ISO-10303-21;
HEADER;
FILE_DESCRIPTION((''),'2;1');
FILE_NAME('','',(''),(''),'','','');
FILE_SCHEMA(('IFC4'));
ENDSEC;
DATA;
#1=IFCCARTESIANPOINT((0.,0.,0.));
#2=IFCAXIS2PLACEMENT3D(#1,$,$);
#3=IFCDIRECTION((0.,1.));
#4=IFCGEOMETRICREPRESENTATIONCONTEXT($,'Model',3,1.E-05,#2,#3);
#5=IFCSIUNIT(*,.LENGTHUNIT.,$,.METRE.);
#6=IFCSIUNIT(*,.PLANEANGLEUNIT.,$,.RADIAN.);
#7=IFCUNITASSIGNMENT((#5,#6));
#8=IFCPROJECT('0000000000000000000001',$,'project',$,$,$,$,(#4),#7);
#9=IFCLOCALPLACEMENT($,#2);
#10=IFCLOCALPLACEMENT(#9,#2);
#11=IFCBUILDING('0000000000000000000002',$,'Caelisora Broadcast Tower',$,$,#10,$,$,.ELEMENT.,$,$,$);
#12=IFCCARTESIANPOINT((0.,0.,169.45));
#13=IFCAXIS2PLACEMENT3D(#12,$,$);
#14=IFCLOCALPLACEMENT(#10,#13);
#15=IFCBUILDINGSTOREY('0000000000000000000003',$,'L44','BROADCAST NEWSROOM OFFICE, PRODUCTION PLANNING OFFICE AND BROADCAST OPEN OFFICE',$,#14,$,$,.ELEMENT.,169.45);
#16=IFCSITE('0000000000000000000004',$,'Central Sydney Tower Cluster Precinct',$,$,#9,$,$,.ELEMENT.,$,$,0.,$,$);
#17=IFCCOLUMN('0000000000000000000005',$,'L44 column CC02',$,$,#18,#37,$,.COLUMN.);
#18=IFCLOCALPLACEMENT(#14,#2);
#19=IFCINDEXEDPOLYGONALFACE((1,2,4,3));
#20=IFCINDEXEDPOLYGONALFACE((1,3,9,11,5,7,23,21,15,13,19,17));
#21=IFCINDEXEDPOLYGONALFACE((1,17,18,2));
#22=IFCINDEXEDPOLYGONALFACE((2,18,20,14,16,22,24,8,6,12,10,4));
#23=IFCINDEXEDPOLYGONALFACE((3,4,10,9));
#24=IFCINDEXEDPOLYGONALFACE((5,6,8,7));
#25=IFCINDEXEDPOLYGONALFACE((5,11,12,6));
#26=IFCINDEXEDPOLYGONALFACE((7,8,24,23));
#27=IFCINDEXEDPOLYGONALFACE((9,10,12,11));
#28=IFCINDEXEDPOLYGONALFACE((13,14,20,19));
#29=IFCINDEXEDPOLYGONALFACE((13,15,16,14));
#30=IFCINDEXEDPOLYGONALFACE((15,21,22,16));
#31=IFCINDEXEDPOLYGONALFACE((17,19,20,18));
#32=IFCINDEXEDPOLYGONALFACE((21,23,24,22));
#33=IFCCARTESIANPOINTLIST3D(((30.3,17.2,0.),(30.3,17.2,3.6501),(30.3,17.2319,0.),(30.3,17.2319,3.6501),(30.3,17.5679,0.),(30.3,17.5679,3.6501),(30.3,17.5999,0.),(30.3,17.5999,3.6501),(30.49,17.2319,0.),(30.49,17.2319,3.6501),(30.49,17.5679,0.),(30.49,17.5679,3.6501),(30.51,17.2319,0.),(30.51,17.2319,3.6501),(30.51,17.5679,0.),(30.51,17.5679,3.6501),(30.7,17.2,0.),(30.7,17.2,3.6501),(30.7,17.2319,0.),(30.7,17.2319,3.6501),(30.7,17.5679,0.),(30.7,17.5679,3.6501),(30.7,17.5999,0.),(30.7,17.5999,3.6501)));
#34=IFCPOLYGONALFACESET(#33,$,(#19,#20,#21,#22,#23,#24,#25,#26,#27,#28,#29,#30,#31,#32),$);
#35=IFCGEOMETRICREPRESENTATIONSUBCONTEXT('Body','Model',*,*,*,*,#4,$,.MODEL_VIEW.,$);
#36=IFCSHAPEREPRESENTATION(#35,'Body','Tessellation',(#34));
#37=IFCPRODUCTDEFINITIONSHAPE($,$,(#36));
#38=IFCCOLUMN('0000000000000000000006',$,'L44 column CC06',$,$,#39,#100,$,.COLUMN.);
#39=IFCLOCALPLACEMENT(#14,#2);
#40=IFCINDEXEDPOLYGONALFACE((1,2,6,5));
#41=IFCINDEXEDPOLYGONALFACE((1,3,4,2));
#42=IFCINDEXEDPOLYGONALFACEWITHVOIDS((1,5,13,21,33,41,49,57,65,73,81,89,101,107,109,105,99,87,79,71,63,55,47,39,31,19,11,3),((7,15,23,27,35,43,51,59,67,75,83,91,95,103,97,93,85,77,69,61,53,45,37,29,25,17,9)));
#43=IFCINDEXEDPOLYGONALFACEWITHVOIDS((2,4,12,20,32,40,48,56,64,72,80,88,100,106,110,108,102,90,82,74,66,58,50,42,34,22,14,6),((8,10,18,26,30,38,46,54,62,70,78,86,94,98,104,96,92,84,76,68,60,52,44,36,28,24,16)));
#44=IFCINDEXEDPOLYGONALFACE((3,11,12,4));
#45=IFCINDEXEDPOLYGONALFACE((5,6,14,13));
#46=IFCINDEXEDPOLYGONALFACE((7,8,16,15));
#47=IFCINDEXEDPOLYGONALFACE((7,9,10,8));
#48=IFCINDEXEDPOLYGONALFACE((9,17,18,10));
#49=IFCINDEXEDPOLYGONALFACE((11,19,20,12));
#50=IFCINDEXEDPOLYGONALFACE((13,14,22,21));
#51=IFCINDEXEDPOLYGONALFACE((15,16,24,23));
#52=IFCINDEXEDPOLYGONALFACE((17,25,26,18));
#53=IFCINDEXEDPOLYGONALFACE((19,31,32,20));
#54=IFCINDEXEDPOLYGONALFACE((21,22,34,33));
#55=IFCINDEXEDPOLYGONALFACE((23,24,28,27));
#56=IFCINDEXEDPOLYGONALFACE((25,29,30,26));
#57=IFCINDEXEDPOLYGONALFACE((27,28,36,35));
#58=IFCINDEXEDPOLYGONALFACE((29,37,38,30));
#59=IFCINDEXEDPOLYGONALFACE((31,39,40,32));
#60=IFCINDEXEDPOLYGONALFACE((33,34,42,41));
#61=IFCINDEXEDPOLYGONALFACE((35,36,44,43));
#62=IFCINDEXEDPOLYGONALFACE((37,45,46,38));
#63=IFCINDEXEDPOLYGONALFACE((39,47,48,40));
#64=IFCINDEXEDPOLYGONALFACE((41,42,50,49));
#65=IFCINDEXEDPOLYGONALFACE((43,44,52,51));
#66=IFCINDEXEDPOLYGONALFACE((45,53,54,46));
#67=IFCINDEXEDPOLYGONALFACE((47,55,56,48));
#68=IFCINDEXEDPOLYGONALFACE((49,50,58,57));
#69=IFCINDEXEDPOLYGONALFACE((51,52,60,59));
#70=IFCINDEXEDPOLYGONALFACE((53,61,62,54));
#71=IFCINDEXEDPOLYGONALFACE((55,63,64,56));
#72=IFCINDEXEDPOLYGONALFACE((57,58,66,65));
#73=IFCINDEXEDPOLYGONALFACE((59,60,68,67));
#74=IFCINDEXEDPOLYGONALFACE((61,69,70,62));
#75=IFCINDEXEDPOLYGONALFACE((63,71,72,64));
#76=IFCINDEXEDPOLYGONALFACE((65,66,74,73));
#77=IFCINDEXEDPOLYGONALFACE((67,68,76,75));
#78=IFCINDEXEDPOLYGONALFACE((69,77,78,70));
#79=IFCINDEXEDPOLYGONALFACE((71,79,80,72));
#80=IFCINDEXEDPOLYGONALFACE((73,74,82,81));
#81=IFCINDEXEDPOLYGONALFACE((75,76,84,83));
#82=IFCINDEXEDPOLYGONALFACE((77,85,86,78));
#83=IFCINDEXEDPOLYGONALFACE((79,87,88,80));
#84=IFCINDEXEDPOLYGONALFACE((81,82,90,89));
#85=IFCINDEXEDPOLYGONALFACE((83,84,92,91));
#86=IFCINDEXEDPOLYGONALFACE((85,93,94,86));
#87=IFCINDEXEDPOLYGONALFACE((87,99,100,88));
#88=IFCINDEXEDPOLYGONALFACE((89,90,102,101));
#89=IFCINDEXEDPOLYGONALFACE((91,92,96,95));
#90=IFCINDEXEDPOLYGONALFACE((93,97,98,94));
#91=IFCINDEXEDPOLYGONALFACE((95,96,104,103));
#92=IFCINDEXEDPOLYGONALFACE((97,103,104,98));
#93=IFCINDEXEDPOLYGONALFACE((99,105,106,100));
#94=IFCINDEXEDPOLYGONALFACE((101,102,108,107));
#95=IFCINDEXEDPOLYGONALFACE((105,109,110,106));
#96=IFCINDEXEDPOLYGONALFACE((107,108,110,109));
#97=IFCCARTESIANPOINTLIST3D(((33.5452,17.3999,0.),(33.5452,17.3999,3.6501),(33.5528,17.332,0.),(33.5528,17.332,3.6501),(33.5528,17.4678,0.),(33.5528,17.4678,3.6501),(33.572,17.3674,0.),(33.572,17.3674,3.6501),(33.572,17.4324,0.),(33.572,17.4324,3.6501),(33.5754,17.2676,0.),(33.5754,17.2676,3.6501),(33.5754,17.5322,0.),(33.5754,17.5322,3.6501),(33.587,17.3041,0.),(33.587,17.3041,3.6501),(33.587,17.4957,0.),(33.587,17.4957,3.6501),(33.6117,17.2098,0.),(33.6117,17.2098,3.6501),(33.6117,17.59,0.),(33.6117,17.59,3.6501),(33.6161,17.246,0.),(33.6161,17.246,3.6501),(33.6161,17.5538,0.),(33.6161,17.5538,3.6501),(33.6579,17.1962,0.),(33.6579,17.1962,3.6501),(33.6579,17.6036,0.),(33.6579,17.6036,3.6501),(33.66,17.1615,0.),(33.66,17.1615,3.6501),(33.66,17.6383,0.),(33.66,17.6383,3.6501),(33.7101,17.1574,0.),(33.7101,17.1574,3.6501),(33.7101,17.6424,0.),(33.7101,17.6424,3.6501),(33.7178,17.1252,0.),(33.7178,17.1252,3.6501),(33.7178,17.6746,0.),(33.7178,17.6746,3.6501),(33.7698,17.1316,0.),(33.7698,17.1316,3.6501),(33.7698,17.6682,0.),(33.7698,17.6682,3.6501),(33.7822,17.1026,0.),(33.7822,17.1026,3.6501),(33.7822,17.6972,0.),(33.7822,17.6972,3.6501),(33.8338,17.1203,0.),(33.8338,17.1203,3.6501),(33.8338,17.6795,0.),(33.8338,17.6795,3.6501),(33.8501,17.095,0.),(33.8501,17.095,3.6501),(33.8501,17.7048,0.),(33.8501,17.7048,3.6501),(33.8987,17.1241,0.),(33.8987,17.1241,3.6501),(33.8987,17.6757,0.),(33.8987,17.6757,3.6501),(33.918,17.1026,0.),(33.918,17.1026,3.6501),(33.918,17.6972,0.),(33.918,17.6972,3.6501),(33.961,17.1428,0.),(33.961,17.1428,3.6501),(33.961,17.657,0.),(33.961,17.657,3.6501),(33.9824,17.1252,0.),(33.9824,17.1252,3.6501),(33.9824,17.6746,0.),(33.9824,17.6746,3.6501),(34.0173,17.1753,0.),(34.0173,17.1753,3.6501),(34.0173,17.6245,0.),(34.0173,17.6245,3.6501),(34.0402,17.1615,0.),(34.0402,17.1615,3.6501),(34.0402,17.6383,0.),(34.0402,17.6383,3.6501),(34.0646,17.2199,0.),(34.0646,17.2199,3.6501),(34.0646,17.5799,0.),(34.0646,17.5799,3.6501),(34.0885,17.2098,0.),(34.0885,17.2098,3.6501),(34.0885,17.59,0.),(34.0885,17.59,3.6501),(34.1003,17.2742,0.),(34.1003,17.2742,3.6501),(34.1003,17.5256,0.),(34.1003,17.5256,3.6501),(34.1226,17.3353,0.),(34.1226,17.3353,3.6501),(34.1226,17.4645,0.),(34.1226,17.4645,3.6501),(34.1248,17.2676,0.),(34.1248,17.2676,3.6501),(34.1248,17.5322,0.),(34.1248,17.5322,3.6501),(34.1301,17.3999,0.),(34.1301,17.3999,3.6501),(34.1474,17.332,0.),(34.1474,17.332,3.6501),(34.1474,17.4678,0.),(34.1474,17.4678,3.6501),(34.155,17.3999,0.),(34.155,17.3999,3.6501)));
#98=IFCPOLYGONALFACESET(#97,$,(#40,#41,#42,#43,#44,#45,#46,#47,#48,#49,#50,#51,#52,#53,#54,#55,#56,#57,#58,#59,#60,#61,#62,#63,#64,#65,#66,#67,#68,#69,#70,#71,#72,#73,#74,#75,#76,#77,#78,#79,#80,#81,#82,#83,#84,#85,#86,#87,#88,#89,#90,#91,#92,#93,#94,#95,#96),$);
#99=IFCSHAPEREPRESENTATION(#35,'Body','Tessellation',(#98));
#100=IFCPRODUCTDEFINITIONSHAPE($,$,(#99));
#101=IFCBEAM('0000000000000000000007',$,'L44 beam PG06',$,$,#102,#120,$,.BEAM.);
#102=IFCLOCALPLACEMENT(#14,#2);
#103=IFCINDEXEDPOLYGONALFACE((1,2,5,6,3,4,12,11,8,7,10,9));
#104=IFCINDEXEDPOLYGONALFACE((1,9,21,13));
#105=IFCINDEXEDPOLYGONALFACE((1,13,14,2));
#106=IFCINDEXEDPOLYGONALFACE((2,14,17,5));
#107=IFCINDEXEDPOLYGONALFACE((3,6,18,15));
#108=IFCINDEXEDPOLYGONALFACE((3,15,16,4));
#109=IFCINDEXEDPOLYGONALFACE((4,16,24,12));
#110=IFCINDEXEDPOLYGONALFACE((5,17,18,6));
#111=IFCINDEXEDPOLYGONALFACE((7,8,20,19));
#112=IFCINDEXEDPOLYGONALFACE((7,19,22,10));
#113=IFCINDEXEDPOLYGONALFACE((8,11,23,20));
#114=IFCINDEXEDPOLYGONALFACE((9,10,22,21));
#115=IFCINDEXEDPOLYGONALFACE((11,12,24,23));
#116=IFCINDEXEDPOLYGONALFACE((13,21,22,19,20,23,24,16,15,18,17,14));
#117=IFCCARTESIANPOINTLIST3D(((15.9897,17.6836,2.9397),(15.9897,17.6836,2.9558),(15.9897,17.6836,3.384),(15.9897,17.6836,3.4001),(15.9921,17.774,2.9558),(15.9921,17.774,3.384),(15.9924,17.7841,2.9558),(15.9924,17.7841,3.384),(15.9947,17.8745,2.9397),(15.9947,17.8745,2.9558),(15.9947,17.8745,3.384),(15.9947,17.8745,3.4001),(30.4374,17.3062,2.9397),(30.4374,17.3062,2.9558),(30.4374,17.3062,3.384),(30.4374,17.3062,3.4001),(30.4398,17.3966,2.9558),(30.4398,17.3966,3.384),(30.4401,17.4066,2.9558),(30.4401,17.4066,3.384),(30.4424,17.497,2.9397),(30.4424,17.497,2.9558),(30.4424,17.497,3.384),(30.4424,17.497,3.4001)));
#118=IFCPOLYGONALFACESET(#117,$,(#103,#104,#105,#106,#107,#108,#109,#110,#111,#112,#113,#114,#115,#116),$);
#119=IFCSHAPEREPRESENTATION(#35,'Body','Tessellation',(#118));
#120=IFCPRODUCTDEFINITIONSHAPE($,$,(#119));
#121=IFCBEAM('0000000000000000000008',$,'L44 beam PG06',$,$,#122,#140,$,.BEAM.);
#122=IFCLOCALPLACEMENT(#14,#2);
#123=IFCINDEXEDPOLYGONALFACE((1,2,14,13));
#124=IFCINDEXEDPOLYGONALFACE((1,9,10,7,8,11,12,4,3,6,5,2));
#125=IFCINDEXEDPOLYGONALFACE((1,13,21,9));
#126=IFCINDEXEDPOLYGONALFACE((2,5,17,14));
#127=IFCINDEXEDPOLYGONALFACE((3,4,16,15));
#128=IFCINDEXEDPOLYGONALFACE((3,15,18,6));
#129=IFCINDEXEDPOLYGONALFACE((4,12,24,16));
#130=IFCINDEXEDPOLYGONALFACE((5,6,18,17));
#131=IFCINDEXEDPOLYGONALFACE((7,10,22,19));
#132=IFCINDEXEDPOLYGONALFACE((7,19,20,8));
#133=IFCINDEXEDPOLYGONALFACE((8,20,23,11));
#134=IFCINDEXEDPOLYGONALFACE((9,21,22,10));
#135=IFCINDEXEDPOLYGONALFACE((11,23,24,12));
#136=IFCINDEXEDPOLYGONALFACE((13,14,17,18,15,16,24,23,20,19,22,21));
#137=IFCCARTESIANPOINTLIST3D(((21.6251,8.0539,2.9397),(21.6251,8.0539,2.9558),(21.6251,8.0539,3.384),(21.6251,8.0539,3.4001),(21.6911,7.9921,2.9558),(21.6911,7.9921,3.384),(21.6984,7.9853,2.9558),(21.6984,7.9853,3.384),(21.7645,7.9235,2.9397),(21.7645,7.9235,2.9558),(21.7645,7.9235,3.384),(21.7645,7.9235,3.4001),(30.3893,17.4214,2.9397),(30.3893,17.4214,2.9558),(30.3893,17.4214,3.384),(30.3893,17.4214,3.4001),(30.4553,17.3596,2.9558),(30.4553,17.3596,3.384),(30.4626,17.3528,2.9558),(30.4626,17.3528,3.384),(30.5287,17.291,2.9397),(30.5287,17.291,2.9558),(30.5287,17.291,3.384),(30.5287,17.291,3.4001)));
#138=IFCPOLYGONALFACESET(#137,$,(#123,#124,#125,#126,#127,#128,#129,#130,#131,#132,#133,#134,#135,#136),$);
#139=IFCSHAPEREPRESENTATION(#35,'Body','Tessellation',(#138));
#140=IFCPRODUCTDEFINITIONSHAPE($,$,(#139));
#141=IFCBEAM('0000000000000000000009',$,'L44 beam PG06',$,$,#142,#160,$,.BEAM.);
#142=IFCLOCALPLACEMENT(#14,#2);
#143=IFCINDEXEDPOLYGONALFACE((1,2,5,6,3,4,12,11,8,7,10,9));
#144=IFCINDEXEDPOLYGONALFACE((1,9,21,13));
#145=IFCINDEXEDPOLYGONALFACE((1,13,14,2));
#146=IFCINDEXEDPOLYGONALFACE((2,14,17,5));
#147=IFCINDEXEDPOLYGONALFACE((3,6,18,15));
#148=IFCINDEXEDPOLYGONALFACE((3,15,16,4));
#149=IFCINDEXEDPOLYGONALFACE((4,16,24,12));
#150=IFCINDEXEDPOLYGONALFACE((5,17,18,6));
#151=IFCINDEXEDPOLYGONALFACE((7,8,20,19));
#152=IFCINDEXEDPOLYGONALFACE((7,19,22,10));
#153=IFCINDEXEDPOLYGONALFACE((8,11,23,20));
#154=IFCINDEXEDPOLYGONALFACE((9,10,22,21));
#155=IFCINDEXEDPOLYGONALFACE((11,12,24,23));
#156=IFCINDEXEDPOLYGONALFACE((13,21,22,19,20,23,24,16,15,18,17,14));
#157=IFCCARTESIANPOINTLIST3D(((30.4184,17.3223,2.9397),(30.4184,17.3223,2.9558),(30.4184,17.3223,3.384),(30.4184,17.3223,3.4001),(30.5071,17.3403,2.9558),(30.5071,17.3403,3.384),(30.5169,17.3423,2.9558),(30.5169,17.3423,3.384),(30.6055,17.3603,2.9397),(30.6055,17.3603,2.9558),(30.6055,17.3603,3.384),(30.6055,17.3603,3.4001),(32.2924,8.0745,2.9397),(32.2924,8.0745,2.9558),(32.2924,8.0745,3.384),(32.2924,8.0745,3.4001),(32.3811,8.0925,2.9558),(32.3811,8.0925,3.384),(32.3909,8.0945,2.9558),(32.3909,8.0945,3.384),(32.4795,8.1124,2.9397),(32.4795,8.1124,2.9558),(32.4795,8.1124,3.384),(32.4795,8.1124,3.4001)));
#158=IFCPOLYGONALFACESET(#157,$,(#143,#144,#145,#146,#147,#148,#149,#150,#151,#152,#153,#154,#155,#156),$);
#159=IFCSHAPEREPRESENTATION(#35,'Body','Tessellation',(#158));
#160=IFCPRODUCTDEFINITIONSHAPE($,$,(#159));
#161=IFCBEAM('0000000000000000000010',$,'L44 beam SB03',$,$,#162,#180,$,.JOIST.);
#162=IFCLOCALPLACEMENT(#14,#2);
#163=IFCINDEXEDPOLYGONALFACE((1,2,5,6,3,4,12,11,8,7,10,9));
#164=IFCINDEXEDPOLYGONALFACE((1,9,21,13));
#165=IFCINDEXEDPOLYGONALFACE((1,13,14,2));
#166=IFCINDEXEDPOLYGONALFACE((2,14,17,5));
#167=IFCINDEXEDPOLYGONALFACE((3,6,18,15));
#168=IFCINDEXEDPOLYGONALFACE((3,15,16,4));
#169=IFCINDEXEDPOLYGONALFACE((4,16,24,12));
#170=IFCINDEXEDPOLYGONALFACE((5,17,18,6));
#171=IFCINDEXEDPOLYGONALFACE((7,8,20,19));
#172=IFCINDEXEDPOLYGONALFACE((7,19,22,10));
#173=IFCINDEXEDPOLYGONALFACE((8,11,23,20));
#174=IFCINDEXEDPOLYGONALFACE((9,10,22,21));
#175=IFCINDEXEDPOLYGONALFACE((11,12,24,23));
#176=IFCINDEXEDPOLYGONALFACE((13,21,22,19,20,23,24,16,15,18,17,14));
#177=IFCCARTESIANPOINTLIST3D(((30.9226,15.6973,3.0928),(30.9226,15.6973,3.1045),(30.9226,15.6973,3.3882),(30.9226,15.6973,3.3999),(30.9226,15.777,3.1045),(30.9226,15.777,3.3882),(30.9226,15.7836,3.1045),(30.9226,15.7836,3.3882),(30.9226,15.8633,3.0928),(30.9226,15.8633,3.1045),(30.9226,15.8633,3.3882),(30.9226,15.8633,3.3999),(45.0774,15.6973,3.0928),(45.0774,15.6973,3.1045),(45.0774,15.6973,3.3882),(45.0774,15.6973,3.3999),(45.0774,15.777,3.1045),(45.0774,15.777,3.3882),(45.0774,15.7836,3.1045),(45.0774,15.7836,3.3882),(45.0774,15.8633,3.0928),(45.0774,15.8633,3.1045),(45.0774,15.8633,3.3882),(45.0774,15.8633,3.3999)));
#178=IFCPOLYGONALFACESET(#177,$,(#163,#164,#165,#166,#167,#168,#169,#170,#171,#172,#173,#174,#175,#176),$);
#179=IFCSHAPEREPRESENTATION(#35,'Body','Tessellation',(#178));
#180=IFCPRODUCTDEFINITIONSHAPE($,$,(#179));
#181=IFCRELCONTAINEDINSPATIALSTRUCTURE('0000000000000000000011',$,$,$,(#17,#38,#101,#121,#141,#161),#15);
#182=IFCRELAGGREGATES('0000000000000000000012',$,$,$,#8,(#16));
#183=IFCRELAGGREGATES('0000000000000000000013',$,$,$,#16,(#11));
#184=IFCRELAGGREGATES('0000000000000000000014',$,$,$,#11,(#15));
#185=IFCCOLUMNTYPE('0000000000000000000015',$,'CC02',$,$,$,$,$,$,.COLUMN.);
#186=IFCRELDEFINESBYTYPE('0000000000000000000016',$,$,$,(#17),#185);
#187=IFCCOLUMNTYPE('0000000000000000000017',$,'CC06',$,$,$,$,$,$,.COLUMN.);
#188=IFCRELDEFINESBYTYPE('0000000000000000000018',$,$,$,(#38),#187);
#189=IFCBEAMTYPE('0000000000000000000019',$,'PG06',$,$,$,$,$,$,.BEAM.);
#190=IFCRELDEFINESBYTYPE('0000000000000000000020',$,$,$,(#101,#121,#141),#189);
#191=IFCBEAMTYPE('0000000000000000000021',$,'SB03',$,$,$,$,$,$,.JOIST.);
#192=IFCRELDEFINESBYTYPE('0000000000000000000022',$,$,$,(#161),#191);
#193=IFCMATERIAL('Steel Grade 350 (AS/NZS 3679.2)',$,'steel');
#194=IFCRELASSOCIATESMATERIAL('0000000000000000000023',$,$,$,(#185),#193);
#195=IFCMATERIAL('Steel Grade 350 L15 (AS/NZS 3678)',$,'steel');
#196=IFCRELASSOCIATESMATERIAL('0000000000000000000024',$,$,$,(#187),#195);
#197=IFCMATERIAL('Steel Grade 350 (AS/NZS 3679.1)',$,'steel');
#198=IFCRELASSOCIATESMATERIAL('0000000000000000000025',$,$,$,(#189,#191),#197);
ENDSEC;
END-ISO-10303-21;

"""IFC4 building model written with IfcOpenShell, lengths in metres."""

from ifc_helpers import new_model, si_unit, direction, frame, origin, origin_2d, place, context, subcontext, project, spatial, hollow_circle, i_section, extrude, source, transform, mapped, material, material_profile, profile_set, type_object, type_shapes, element, save


model = new_model("IFC4")

# Units and contexts
model_context = context("Model", 3, precision=1e-05, world=origin(), true_north=direction((0.0, 1.0)))
body_context = subcontext(model_context, "Body", "Model", "MODEL_VIEW")
ifc_project = project(units=[si_unit("LENGTHUNIT", "METRE"), si_unit("PLANEANGLEUNIT", "RADIAN")], contexts=[model_context])

# Site, building, storey
site_placement = place(None, origin())
site = spatial("IfcSite", under=ifc_project, at=site_placement, Name="Central Sydney Tower Cluster Precinct", CompositionType="ELEMENT", RefElevation=0.0)
building_placement = place(site_placement, origin())
building = spatial("IfcBuilding", under=site, at=building_placement, Name="Caelisora Broadcast Tower", CompositionType="ELEMENT")
storey_placement = place(building_placement, frame((0.0, 0.0, 169.45)))
storey = spatial("IfcBuildingStorey", under=building, at=storey_placement, Name="L44", Description="BROADCAST NEWSROOM OFFICE, PRODUCTION PLANNING OFFICE AND BROADCAST OPEN OFFICE", CompositionType="ELEMENT", Elevation=169.45)

# Columns
ifc_material_1 = material(Name="Steel Grade 350 (AS/NZS 3679.2)", Category="steel")
ifc_material_profile_1 = material_profile(ifc_material_1, i_section(OverallWidth=0.3999, OverallDepth=0.3999, WebThickness=0.02, FlangeThickness=0.032, at=origin_2d()), Name="Steel Grade 350 (AS/NZS 3679.2)")
ifc_profile_set_1 = profile_set([ifc_material_profile_1], Name="Steel Grade 350 (AS/NZS 3679.2)")
column_type_1 = type_object("IfcColumnType", Name="CC02", PredefinedType="COLUMN", material=ifc_profile_set_1)
shared_shape_1 = source(origin(), body_context, "Body", "SweptSolid", [
    extrude(i_section(OverallWidth=0.3999, OverallDepth=0.3999, WebThickness=0.02, FlangeThickness=0.032, at=origin_2d()), origin(), (0.0, 0.0, 1.0), 3.6501),
])
type_shapes(column_type_1, [shared_shape_1])
column_1_placement = place(storey_placement, frame((30.5, 17.3999, 0.0), z_axis=(0.0, 0.0, 1.0), x_axis=(1.0, 0.0, 0.0)))
element("IfcColumn", 1, at=column_1_placement, inside=storey, type_object=column_type_1, Name="L44 column CC02", PredefinedType="COLUMN", context=body_context, shape_type="MappedRepresentation", body=[
    mapped(shared_shape_1, transform((0.0, 0.0, 0.0), scale=1.0)),
])
ifc_material_2 = material(Name="Steel Grade 350 L15 (AS/NZS 3678)", Category="steel")
ifc_material_profile_2 = material_profile(ifc_material_2, hollow_circle(Radius=0.3049, WallThickness=0.0249, at=origin_2d()), Name="Steel Grade 350 L15 (AS/NZS 3678)")
ifc_profile_set_2 = profile_set([ifc_material_profile_2], Name="Steel Grade 350 L15 (AS/NZS 3678)")
column_type_2 = type_object("IfcColumnType", Name="CC06", PredefinedType="COLUMN", material=ifc_profile_set_2)
shared_shape_2 = source(origin(), body_context, "Body", "SweptSolid", [
    extrude(hollow_circle(Radius=0.3049, WallThickness=0.0249, at=origin_2d()), origin(), (0.0, 0.0, 1.0), 3.6501),
])
type_shapes(column_type_2, [shared_shape_2])
column_2_placement = place(storey_placement, frame((33.8501, 17.3999, 0.0), z_axis=(0.0, 0.0, 1.0), x_axis=(1.0, 0.0, 0.0)))
element("IfcColumn", 2, at=column_2_placement, inside=storey, type_object=column_type_2, Name="L44 column CC06", PredefinedType="COLUMN", context=body_context, shape_type="MappedRepresentation", body=[
    mapped(shared_shape_2, transform((0.0, 0.0, 0.0), scale=1.0)),
])

# Beams
ifc_material_3 = material(Name="Steel Grade 350 (AS/NZS 3679.1)", Category="steel")
ifc_material_profile_3 = material_profile(ifc_material_3, i_section(OverallWidth=0.1909, OverallDepth=0.4604, WebThickness=0.01, FlangeThickness=0.0161, at=origin_2d()), Name="Steel Grade 350 (AS/NZS 3679.1)")
ifc_profile_set_3 = profile_set([ifc_material_profile_3], Name="Steel Grade 350 (AS/NZS 3679.1)")
beam_type_1 = type_object("IfcBeamType", Name="PG06", PredefinedType="BEAM", material=ifc_profile_set_3)
shared_shape_3 = source(origin(), body_context, "Body", "SweptSolid", [
    extrude(i_section(OverallWidth=0.1909, OverallDepth=0.4604, WebThickness=0.01, FlangeThickness=0.0161, at=origin_2d()), origin(), (0.0, 0.0, 1.0), 14.4526),
])
beam_1_placement = place(storey_placement, frame((30.4399, 17.4016, 3.1699), z_axis=(-0.999659, 0.026116, 0.0), x_axis=(-0.026116, -0.999659, 0.0)))
element("IfcBeam", 3, at=beam_1_placement, inside=storey, type_object=beam_type_1, Name="L44 beam PG06", PredefinedType="BEAM", context=body_context, shape_type="MappedRepresentation", body=[
    mapped(shared_shape_3, transform((0.0, 0.0, 0.0), scale=1.0)),
])
shared_shape_4 = source(origin(), body_context, "Body", "SweptSolid", [
    extrude(i_section(OverallWidth=0.1909, OverallDepth=0.4604, WebThickness=0.01, FlangeThickness=0.0161, at=origin_2d()), origin(), (0.0, 0.0, 1.0), 12.8281),
])
beam_2_placement = place(storey_placement, frame((30.459, 17.3562, 3.1699), z_axis=(-0.683202, -0.730229, 0.0), x_axis=(0.730229, -0.683202, 0.0)))
element("IfcBeam", 4, at=beam_2_placement, inside=storey, type_object=beam_type_1, Name="L44 beam PG06", PredefinedType="BEAM", context=body_context, shape_type="MappedRepresentation", body=[
    mapped(shared_shape_4, transform((0.0, 0.0, 0.0), scale=1.0)),
])
shared_shape_5 = source(origin(), body_context, "Body", "SweptSolid", [
    extrude(i_section(OverallWidth=0.1909, OverallDepth=0.4604, WebThickness=0.01, FlangeThickness=0.0161, at=origin_2d()), origin(), (0.0, 0.0, 1.0), 9.4358),
])
type_shapes(beam_type_1, [shared_shape_3, shared_shape_4, shared_shape_5])
beam_3_placement = place(storey_placement, frame((30.512, 17.3413, 3.1699), z_axis=(0.198608, -0.980079, 0.0), x_axis=(0.980079, 0.198608, 0.0)))
element("IfcBeam", 5, at=beam_3_placement, inside=storey, type_object=beam_type_1, Name="L44 beam PG06", PredefinedType="BEAM", context=body_context, shape_type="MappedRepresentation", body=[
    mapped(shared_shape_5, transform((0.0, 0.0, 0.0), scale=1.0)),
])
ifc_material_profile_4 = material_profile(ifc_material_3, i_section(OverallWidth=0.166, OverallDepth=0.3071, WebThickness=0.0066, FlangeThickness=0.0117, at=origin_2d()), Name="Steel Grade 350 (AS/NZS 3679.1)")
ifc_profile_set_4 = profile_set([ifc_material_profile_4], Name="Steel Grade 350 (AS/NZS 3679.1)")
beam_type_2 = type_object("IfcBeamType", Name="SB03", PredefinedType="JOIST", material=ifc_profile_set_4)
shared_shape_6 = source(origin(), body_context, "Body", "SweptSolid", [
    extrude(i_section(OverallWidth=0.166, OverallDepth=0.3071, WebThickness=0.0066, FlangeThickness=0.0117, at=origin_2d()), origin(), (0.0, 0.0, 1.0), 14.1548),
])
type_shapes(beam_type_2, [shared_shape_6])
beam_4_placement = place(storey_placement, frame((30.9226, 15.7803, 3.2463), z_axis=(1.0, 0.0, 0.0), x_axis=(0.0, 1.0, 0.0)))
element("IfcBeam", 6, at=beam_4_placement, inside=storey, type_object=beam_type_2, Name="L44 beam SB03", PredefinedType="JOIST", context=body_context, shape_type="MappedRepresentation", body=[
    mapped(shared_shape_6, transform((0.0, 0.0, 0.0), scale=1.0)),
])

save(model, "model.ifc")
